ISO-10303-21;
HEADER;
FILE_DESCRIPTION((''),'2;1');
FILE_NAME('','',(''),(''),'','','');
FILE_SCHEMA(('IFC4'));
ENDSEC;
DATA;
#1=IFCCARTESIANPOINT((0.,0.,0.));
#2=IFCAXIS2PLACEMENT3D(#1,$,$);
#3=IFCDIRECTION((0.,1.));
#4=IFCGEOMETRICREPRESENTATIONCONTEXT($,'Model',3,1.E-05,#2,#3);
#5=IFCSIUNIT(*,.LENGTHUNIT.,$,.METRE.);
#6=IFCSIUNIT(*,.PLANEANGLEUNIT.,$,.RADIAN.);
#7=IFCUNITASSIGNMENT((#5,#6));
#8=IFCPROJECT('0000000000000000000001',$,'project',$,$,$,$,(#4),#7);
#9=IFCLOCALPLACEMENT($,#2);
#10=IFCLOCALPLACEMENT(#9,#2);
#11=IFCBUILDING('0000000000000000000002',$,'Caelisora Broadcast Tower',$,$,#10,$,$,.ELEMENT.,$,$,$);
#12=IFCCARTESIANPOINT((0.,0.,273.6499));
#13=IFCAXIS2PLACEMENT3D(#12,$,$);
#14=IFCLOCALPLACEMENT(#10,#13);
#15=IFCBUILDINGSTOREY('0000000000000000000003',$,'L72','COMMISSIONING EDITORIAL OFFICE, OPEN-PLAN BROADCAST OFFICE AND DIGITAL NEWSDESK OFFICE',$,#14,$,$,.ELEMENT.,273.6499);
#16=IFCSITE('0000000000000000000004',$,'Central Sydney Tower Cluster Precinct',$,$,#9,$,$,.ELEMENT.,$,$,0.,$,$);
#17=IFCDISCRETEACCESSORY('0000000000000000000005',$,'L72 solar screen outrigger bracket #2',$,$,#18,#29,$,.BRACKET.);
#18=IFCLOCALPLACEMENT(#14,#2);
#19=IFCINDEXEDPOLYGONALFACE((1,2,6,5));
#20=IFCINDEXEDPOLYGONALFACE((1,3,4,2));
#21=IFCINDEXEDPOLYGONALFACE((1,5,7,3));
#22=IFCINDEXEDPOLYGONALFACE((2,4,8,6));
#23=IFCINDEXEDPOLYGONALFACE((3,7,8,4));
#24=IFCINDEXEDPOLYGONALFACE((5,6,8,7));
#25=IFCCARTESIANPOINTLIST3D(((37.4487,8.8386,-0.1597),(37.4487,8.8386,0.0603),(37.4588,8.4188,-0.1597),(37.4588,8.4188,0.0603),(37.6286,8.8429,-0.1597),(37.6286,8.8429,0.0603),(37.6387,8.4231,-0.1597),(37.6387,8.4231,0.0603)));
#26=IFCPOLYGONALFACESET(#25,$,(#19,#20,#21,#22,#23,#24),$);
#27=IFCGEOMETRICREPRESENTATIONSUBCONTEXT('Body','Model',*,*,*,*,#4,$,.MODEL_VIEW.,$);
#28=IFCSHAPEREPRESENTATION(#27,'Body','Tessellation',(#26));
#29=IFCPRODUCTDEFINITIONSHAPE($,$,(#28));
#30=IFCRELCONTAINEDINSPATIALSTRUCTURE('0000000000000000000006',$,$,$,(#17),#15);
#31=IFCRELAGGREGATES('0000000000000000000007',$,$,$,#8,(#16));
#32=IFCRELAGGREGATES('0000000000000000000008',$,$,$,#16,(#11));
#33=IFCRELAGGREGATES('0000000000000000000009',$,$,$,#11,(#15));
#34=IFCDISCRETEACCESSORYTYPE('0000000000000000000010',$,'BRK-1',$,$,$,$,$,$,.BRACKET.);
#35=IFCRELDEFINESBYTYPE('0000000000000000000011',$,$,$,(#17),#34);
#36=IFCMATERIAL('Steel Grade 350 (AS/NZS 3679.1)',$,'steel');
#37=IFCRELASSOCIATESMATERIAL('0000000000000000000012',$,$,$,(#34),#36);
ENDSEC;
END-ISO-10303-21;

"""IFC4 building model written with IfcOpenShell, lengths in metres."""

from ifc_helpers import new_model, si_unit, direction, frame, origin, origin_2d, place, context, subcontext, project, spatial, rectangle, extrude, source, transform, mapped, material, type_object, type_shapes, element, save


model = new_model("IFC4")

# Units and contexts
model_context = context("Model", 3, precision=1e-05, world=origin(), true_north=direction((0.0, 1.0)))
body_context = subcontext(model_context, "Body", "Model", "MODEL_VIEW")
ifc_project = project(units=[si_unit("LENGTHUNIT", "METRE"), si_unit("PLANEANGLEUNIT", "RADIAN")], contexts=[model_context])

# Site, building, storey
site_placement = place(None, origin())
site = spatial("IfcSite", under=ifc_project, at=site_placement, Name="Central Sydney Tower Cluster Precinct", CompositionType="ELEMENT", RefElevation=0.0)
building_placement = place(site_placement, origin())
building = spatial("IfcBuilding", under=site, at=building_placement, Name="Caelisora Broadcast Tower", CompositionType="ELEMENT")
storey_placement = place(building_placement, frame((0.0, 0.0, 273.6499)))
storey = spatial("IfcBuildingStorey", under=building, at=storey_placement, Name="L72", Description="COMMISSIONING EDITORIAL OFFICE, OPEN-PLAN BROADCAST OFFICE AND DIGITAL NEWSDESK OFFICE", CompositionType="ELEMENT", Elevation=273.6499)

# Shared definitions
ifc_material_1 = material(Name="Steel Grade 350 (AS/NZS 3679.1)", Category="steel")

# Discrete accessory
discrete_accessory_type = type_object("IfcDiscreteAccessoryType", Name="BRK-1", PredefinedType="BRACKET", material=ifc_material_1)
shared_shape_1 = source(origin(), body_context, "Body", "SweptSolid", [
    extrude(rectangle(XDim=0.1799, YDim=0.4199, at=origin_2d()), origin(), (0.0, 0.0, 1.0), 0.22),
])
type_shapes(discrete_accessory_type, [shared_shape_1])
discrete_accessory_placement = place(storey_placement, frame((37.5437, 8.6309, -0.1597), z_axis=(0.0, 0.0, 1.0), x_axis=(0.99971, 0.024083, 0.0)))
element("IfcDiscreteAccessory", 1, at=discrete_accessory_placement, inside=storey, type_object=discrete_accessory_type, Name="L72 solar screen outrigger bracket #2", PredefinedType="BRACKET", context=body_context, shape_type="MappedRepresentation", body=[
    mapped(shared_shape_1, transform((0.0, 0.0, 0.0), scale=1.0)),
])

save(model, "model.ifc")
